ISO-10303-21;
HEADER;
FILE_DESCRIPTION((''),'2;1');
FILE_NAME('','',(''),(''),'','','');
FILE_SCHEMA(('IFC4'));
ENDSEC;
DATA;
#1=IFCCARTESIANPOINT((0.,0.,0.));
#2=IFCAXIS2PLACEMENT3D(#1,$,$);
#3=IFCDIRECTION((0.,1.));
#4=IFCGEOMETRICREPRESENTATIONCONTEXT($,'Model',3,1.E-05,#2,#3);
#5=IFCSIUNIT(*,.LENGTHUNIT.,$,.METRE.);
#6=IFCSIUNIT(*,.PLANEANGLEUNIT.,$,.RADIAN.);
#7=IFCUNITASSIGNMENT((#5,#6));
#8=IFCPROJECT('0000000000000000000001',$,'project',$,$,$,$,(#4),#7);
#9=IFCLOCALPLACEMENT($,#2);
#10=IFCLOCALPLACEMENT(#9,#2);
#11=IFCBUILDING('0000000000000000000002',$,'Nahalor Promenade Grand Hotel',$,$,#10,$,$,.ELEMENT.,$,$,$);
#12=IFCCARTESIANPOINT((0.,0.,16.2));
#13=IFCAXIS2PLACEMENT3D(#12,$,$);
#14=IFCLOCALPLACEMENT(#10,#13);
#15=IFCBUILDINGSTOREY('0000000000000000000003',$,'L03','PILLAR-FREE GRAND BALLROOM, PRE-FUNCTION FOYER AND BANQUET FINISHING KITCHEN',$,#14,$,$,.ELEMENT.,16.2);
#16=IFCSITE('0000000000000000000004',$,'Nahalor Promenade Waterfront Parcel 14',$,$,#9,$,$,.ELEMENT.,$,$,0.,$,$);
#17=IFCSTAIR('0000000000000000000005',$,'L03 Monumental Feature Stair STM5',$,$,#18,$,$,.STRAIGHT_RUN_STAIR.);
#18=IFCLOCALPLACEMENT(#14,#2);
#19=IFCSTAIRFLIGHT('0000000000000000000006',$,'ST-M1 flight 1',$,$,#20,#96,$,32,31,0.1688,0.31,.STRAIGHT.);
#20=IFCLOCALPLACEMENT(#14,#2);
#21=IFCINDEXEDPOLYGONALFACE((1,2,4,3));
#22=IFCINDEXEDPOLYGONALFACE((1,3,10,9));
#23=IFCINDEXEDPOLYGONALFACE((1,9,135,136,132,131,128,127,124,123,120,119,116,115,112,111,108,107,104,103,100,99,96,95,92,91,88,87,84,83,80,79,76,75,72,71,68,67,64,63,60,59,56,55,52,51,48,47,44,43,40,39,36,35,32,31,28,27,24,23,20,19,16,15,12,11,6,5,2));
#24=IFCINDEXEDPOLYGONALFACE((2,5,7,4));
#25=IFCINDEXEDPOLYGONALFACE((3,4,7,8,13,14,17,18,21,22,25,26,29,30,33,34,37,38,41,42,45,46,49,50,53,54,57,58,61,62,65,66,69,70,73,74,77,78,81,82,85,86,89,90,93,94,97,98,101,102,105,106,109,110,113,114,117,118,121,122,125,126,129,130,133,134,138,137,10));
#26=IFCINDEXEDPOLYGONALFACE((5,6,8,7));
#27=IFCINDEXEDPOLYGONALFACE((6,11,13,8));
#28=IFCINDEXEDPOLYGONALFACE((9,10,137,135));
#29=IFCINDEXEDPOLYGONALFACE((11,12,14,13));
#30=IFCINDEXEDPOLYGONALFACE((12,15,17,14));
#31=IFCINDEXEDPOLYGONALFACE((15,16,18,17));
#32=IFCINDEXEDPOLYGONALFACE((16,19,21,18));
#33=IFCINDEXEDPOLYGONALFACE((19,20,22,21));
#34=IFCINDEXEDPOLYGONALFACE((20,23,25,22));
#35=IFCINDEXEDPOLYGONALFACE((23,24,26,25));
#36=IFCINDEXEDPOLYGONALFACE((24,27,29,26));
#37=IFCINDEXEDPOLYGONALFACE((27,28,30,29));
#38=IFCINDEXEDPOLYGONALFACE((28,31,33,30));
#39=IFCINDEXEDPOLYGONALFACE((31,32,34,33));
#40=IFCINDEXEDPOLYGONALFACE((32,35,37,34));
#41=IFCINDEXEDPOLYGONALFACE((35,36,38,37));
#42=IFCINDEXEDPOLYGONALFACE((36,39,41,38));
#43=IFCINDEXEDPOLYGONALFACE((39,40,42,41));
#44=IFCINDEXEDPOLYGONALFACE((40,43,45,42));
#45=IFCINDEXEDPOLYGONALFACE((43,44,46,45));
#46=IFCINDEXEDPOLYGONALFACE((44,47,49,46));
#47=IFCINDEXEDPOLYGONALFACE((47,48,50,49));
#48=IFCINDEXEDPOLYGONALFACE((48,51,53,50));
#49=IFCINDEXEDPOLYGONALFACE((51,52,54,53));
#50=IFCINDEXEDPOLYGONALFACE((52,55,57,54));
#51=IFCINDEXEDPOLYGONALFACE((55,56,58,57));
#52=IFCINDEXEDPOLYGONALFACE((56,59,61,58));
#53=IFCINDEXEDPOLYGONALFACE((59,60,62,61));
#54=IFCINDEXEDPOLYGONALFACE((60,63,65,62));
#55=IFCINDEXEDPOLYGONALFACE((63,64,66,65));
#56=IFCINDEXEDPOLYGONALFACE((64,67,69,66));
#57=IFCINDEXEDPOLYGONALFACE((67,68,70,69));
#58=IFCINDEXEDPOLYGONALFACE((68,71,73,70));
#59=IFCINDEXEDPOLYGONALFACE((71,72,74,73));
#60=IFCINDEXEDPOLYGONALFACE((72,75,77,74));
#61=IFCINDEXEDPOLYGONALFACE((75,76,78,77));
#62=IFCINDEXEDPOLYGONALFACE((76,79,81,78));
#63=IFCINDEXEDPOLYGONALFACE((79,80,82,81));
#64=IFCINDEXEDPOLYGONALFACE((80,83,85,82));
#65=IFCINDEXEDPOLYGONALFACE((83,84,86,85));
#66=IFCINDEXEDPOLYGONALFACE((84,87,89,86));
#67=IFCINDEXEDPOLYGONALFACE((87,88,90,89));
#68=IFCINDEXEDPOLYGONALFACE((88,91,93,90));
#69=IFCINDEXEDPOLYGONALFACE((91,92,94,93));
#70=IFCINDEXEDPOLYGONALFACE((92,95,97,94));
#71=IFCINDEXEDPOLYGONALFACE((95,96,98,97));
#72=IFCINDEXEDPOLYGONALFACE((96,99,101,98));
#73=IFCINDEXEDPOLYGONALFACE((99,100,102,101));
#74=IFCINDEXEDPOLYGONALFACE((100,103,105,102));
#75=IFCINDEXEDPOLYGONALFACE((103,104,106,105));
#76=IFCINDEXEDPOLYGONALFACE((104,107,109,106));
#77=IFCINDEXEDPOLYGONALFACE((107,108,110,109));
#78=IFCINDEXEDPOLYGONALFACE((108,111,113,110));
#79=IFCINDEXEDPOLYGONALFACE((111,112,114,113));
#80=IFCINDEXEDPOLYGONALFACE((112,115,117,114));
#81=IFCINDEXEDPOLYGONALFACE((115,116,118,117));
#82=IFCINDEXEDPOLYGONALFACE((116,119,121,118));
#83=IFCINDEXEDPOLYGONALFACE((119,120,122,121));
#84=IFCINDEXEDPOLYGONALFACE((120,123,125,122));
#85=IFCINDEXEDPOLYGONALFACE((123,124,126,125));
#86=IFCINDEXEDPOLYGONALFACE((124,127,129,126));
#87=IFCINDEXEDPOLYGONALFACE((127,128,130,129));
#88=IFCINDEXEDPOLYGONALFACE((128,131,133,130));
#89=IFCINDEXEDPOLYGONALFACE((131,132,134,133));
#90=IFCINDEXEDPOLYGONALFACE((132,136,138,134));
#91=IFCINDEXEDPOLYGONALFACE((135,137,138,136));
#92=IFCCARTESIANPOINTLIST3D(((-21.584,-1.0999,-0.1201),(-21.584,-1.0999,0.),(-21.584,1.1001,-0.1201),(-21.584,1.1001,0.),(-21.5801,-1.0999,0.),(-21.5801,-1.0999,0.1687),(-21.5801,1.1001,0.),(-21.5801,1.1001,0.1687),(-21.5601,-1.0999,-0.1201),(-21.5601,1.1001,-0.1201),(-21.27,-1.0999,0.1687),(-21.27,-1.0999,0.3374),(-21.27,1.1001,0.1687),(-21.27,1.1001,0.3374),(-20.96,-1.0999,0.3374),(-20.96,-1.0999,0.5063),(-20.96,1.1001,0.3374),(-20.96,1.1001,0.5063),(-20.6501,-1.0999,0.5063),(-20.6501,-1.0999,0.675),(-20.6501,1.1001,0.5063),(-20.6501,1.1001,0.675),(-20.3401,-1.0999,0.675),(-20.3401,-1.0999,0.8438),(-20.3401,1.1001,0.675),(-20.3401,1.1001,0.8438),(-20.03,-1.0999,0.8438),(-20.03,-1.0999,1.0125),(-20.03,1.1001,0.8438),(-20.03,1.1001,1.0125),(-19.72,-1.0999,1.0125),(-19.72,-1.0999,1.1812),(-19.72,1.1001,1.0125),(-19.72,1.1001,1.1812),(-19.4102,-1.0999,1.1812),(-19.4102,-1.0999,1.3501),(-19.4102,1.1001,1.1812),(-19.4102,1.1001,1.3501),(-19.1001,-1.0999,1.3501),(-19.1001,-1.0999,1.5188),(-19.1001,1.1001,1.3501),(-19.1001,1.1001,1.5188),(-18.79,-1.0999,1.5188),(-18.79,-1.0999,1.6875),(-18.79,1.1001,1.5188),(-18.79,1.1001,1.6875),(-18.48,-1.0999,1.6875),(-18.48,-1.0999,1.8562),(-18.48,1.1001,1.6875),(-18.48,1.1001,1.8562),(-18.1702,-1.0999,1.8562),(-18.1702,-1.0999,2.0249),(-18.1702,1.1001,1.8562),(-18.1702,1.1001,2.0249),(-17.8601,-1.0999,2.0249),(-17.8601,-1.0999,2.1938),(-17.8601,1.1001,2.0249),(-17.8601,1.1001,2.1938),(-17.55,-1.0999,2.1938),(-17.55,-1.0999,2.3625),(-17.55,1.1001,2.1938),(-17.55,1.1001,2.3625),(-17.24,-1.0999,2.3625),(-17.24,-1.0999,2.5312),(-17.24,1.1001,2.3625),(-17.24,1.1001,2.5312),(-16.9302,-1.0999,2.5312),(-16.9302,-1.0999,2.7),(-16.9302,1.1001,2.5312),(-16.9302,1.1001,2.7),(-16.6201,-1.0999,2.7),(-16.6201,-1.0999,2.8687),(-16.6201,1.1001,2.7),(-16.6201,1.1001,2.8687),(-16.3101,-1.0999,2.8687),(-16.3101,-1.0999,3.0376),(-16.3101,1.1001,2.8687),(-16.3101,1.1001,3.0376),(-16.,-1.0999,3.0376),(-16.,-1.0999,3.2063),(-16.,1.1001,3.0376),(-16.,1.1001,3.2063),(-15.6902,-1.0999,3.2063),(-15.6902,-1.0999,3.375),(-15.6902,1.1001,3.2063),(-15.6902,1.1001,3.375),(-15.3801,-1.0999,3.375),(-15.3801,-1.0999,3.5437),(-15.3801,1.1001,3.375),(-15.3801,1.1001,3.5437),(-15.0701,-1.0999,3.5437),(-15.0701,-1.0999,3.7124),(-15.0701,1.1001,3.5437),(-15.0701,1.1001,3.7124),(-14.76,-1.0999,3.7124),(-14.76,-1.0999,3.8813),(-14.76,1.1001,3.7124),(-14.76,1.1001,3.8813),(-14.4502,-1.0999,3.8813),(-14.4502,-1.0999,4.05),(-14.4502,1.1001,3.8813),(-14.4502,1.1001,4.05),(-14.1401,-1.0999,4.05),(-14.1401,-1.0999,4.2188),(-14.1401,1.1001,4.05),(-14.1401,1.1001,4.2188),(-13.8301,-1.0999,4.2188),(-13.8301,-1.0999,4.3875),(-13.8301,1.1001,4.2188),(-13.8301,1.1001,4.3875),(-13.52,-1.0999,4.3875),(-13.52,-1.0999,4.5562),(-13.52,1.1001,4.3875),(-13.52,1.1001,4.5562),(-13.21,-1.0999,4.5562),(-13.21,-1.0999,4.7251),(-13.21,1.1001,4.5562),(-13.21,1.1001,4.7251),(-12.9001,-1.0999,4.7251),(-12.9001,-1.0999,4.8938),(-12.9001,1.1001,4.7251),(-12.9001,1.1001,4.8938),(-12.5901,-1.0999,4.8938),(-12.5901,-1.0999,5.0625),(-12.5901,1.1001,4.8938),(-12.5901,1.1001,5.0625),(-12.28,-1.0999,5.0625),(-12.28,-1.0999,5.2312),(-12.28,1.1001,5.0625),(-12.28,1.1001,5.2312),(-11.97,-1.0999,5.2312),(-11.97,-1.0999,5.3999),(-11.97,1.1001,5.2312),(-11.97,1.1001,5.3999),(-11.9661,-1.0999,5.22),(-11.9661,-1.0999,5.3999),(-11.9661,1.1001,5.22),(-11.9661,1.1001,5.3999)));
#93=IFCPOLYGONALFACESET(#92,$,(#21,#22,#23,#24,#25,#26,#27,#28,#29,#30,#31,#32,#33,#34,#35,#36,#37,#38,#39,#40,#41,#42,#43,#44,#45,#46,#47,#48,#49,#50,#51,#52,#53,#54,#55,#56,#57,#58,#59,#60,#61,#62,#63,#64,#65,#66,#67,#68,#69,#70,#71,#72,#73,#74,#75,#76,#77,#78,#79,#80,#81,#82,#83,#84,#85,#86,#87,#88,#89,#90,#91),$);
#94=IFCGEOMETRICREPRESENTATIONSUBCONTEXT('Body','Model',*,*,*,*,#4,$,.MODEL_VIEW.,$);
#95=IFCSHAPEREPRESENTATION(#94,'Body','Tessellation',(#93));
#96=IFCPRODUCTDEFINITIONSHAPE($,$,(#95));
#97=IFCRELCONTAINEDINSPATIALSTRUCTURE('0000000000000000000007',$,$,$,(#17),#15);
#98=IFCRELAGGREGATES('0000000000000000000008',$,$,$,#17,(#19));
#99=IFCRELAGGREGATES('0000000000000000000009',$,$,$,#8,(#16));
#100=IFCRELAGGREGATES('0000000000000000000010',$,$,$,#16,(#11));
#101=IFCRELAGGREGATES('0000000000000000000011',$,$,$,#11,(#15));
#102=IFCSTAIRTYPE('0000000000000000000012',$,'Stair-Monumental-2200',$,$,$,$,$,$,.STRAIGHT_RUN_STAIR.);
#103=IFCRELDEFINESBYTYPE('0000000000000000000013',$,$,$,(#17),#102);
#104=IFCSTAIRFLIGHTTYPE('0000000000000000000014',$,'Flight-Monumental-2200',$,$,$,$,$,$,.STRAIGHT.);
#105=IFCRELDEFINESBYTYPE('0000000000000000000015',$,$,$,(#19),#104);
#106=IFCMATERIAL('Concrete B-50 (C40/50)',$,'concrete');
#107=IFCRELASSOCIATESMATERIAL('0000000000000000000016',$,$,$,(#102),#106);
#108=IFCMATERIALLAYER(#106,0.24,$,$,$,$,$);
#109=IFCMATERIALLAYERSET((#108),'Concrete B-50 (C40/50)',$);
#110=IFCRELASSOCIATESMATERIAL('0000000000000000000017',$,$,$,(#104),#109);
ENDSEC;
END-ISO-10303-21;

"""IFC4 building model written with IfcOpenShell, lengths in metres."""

from ifc_helpers import new_model, si_unit, direction, frame, origin, place, context, subcontext, project, spatial, polyline, outline, extrude, source, transform, mapped, material, layer, layer_set, type_object, element, aggregate, save


model = new_model("IFC4")

# Units and contexts
model_context = context("Model", 3, precision=1e-05, world=origin(), true_north=direction((0.0, 1.0)))
body_context = subcontext(model_context, "Body", "Model", "MODEL_VIEW")
ifc_project = project(units=[si_unit("LENGTHUNIT", "METRE"), si_unit("PLANEANGLEUNIT", "RADIAN")], contexts=[model_context])

# Site, building, storey
site_placement = place(None, origin())
site = spatial("IfcSite", under=ifc_project, at=site_placement, Name="Nahalor Promenade Waterfront Parcel 14", CompositionType="ELEMENT", RefElevation=0.0)
building_placement = place(site_placement, origin())
building = spatial("IfcBuilding", under=site, at=building_placement, Name="Nahalor Promenade Grand Hotel", CompositionType="ELEMENT")
storey_placement = place(building_placement, frame((0.0, 0.0, 16.2)))
storey = spatial("IfcBuildingStorey", under=building, at=storey_placement, Name="L03", Description="PILLAR-FREE GRAND BALLROOM, PRE-FUNCTION FOYER AND BANQUET FINISHING KITCHEN", CompositionType="ELEMENT", Elevation=16.2)

# Stair, stair flight
ifc_material_1 = material(Name="Concrete B-50 (C40/50)", Category="concrete")
stair_type = type_object("IfcStairType", Name="Stair-Monumental-2200", PredefinedType="STRAIGHT_RUN_STAIR", material=ifc_material_1)
ifc_layer_1 = layer(ifc_material_1, 0.24)
ifc_layer_set_1 = layer_set([ifc_layer_1], Name="Concrete B-50 (C40/50)")
stair_flight_type = type_object("IfcStairFlightType", Name="Flight-Monumental-2200", PredefinedType="STRAIGHT", material=ifc_layer_set_1)
shared_shape_1 = source(origin(), body_context, "Body", "SweptSolid", [
    extrude(outline(polyline([(-0.0039, -0.1201), (-0.0039, 0.0), (0.0, 0.0), (0.0, 0.1687), (0.3101, 0.1687), (0.3101, 0.3374), (0.6201, 0.3374), (0.6201, 0.5063), (0.9299, 0.5063), (0.9299, 0.675), (1.24, 0.675), (1.24, 0.8438), (1.55, 0.8438), (1.55, 1.0125), (1.8601, 1.0125), (1.8601, 1.1812), (2.1699, 1.1812), (2.1699, 1.3501), (2.48, 1.3501), (2.48, 1.5188), (2.79, 1.5188), (2.79, 1.6875), (3.1001, 1.6875), (3.1001, 1.8562), (3.4099, 1.8562), (3.4099, 2.0249), (3.72, 2.0249), (3.72, 2.1938), (4.03, 2.1938), (4.03, 2.3625), (4.3401, 2.3625), (4.3401, 2.5312), (4.6499, 2.5312), (4.6499, 2.7), (4.96, 2.7), (4.96, 2.8687), (5.27, 2.8687), (5.27, 3.0376), (5.5801, 3.0376), (5.5801, 3.2063), (5.8899, 3.2063), (5.8899, 3.375), (6.2, 3.375), (6.2, 3.5437), (6.51, 3.5437), (6.51, 3.7124), (6.8201, 3.7124), (6.8201, 3.8813), (7.1299, 3.8813), (7.1299, 4.05), (7.4399, 4.05), (7.4399, 4.2188), (7.75, 4.2188), (7.75, 4.3875), (8.0601, 4.3875), (8.0601, 4.5562), (8.3701, 4.5562), (8.3701, 4.7251), (8.6799, 4.7251), (8.6799, 4.8938), (8.99, 4.8938), (8.99, 5.0625), (9.3, 5.0625), (9.3, 5.2312), (9.6101, 5.2312), (9.6101, 5.3999), (9.614, 5.3999), (9.614, 5.22), (0.02, -0.1201), (-0.0039, -0.1201)])), frame((0.0, 1.1001, 0.0), z_axis=(0.0, -1.0, 0.0), x_axis=(1.0, 0.0, 0.0)), (0.0, 0.0, 1.0), 2.2),
])
stair_1_placement = place(storey_placement, origin())
stair_1 = element("IfcStair", 1, at=stair_1_placement, inside=storey, type_object=stair_type, Name="L03 Monumental Feature Stair STM5", PredefinedType="STRAIGHT_RUN_STAIR")
stair_flight_1_placement = place(storey_placement, frame((-21.5801, 0.0, 0.0), z_axis=(0.0, 0.0, 1.0), x_axis=(1.0, 0.0, 0.0)))
stair_flight_1 = element("IfcStairFlight", 2, at=stair_flight_1_placement, type_object=stair_flight_type, Name="ST-M1 flight 1", NumberOfRisers=32, NumberOfTreads=31, PredefinedType="STRAIGHT", RiserHeight=0.1688, TreadLength=0.31, context=body_context, shape_type="MappedRepresentation", body=[
    mapped(shared_shape_1, transform((0.0, 0.0, 0.0), scale=1.0)),
])
aggregate(stair_1, [stair_flight_1])

save(model, "model.ifc")
